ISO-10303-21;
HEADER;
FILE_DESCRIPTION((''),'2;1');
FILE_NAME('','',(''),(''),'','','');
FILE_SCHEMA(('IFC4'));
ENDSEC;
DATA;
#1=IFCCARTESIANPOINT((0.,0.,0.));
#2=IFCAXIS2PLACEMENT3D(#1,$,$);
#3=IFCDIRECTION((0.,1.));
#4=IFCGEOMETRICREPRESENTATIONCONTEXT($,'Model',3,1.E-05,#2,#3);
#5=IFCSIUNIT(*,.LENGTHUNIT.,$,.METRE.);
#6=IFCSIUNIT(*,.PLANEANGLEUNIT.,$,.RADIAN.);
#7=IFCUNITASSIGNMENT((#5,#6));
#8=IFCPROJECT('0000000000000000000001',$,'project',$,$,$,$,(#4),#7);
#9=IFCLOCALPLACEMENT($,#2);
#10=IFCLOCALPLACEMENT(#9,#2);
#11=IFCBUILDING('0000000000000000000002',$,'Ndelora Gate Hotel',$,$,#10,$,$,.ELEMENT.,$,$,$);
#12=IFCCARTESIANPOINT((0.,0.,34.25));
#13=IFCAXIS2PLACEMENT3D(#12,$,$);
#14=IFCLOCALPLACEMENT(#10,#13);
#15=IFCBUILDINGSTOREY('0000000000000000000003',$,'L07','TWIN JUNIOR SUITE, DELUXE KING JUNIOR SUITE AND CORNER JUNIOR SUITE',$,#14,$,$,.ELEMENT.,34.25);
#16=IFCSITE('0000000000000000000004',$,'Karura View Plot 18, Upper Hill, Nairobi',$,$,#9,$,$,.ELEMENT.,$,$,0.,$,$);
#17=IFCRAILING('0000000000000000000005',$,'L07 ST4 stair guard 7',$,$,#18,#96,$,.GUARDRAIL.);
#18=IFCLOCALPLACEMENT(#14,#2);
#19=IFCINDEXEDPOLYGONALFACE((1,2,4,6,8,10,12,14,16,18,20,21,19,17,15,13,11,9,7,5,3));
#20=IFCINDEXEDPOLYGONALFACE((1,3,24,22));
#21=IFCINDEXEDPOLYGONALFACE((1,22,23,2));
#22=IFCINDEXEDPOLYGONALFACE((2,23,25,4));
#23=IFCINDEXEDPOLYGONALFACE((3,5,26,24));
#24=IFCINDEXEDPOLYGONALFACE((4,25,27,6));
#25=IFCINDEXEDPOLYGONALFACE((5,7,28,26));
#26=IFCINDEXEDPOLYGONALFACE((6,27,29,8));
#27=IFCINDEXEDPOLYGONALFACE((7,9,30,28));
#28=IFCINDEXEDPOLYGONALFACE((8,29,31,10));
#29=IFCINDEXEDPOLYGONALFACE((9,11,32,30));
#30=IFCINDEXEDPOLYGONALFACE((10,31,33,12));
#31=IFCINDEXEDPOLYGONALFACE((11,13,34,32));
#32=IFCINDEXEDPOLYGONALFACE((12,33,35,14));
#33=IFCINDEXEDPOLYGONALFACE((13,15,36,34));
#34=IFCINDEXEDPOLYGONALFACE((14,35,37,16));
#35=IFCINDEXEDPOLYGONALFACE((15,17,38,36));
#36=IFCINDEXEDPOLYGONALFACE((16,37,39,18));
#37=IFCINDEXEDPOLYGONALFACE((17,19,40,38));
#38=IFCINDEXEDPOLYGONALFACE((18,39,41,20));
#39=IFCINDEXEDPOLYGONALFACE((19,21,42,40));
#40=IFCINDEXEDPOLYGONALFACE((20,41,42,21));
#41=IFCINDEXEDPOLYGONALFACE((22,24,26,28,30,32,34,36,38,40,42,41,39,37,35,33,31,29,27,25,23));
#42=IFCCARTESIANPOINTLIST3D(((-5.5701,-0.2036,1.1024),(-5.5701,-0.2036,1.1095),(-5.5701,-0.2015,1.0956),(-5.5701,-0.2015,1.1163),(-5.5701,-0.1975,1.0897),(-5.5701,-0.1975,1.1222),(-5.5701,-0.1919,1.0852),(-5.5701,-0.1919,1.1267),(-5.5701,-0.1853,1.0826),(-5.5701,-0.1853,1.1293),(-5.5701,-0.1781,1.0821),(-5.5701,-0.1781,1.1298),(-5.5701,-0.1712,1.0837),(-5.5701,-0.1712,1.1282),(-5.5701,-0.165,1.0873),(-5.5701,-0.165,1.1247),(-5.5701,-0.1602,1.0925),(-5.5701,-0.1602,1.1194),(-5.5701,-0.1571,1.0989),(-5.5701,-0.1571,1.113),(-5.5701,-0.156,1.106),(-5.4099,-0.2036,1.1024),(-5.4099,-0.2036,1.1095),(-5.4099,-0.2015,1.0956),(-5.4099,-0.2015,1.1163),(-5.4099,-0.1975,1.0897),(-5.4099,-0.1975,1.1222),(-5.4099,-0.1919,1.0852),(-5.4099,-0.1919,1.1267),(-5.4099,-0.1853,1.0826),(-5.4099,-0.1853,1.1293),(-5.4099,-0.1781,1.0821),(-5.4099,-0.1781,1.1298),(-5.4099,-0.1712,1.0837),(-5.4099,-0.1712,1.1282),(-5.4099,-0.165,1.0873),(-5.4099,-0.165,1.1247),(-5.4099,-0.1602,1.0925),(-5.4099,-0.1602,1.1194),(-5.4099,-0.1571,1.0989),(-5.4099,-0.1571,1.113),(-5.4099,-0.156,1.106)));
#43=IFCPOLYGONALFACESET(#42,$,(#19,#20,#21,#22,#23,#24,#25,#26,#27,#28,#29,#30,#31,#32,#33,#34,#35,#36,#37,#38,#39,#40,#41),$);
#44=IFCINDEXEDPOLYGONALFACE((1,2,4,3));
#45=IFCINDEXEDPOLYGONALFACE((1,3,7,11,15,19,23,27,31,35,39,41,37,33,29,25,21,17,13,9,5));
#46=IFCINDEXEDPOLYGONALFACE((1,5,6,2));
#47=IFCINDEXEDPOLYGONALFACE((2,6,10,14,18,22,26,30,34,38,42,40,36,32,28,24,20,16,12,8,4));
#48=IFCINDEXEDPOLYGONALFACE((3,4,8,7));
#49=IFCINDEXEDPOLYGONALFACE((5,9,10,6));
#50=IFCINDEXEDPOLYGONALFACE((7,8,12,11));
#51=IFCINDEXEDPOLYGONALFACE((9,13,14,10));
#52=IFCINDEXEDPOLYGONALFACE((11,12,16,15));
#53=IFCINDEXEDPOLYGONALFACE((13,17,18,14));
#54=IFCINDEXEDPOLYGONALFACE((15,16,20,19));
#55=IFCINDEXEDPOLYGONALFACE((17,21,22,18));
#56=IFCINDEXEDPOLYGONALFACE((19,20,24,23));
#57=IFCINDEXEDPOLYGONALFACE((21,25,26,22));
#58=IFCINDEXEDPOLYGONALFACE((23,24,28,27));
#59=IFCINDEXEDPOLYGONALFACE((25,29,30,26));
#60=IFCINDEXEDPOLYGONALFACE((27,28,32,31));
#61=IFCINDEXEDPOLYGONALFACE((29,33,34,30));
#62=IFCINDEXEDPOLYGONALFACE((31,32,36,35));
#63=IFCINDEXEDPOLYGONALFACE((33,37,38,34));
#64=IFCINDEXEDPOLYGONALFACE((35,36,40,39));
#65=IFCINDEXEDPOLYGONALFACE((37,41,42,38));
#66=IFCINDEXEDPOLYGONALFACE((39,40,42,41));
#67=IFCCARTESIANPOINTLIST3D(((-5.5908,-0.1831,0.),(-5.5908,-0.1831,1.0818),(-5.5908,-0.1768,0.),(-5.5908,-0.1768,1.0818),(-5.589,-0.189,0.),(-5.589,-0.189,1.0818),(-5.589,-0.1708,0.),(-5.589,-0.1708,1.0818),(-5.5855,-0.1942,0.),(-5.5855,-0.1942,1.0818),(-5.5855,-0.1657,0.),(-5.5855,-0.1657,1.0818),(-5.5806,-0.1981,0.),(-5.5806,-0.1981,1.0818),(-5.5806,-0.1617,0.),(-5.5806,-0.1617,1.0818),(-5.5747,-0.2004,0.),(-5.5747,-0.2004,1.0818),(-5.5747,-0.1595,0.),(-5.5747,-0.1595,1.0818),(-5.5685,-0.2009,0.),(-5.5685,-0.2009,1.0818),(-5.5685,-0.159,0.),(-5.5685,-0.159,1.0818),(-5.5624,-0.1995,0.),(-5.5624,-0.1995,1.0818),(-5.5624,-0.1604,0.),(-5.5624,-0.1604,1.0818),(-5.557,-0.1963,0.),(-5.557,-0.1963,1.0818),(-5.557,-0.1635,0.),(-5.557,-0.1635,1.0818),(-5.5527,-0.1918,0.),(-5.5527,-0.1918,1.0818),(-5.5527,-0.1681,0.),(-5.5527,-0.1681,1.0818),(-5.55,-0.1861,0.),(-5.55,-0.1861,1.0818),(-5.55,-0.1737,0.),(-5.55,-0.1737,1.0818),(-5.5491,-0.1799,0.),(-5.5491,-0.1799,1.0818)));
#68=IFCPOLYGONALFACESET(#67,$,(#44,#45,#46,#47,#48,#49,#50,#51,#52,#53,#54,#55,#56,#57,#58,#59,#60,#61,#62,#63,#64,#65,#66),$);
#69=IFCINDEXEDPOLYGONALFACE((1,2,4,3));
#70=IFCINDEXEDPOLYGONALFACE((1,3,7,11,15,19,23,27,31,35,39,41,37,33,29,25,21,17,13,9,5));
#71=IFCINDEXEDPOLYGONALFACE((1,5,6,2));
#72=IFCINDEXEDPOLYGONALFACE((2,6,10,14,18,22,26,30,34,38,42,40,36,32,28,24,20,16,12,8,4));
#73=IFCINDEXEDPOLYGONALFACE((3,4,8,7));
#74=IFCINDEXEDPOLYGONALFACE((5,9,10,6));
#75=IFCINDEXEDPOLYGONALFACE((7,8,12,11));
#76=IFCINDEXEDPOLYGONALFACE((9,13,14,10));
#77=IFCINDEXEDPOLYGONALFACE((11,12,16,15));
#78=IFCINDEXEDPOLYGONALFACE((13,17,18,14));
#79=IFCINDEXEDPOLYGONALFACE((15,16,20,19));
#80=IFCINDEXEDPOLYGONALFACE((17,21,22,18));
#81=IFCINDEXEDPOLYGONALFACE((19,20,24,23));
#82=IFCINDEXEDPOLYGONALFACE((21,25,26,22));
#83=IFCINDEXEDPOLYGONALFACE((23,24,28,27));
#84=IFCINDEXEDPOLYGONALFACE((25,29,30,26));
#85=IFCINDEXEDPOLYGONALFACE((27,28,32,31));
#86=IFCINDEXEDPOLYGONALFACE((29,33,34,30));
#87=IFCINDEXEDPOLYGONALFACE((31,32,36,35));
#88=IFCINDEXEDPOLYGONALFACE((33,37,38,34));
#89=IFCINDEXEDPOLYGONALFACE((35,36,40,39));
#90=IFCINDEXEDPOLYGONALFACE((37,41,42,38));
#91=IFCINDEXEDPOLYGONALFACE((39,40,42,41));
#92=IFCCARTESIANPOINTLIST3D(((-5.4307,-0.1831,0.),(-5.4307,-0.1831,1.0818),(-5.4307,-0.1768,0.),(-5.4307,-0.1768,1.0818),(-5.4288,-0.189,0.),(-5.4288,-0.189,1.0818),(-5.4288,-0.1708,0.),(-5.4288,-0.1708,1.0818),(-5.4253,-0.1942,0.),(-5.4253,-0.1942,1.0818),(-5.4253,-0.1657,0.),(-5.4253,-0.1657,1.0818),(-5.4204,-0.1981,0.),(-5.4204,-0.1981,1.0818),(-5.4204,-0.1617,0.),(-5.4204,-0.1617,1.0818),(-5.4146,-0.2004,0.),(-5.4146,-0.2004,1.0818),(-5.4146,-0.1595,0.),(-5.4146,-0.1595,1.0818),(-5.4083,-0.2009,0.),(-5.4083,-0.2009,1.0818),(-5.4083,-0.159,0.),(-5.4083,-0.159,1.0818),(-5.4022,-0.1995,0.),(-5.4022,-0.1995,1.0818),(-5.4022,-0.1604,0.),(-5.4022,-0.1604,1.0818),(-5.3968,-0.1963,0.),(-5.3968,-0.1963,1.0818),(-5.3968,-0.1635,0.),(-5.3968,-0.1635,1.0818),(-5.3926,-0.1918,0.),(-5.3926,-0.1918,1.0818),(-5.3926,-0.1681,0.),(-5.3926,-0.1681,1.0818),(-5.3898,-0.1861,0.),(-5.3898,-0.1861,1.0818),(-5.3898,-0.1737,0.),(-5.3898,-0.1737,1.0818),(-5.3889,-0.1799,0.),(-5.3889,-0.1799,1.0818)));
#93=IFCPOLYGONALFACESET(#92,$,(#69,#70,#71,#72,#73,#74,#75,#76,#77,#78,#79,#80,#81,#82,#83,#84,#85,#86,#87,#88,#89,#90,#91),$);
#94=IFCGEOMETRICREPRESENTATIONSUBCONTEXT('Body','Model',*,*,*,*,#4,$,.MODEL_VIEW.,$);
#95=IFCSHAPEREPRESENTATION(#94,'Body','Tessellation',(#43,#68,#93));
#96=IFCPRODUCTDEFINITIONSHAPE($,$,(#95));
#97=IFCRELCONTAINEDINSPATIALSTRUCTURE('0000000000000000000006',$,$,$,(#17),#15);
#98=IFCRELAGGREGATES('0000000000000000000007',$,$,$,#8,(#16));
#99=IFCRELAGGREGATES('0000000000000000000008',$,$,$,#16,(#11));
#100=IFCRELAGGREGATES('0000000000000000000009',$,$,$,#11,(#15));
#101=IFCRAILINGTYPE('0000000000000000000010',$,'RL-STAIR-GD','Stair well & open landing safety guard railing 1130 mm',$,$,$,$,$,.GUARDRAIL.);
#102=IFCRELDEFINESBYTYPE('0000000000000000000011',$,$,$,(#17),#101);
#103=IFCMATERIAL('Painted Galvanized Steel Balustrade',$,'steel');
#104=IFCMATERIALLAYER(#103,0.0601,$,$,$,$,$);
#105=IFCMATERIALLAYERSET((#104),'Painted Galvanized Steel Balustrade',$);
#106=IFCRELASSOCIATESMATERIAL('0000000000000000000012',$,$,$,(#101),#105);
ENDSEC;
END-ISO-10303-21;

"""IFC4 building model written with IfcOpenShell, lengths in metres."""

from ifc_helpers import new_model, si_unit, direction, frame, origin, origin_2d, place, context, subcontext, project, spatial, circle, extrude, material, layer, layer_set, type_object, element, save


model = new_model("IFC4")

# Units and contexts
model_context = context("Model", 3, precision=1e-05, world=origin(), true_north=direction((0.0, 1.0)))
body_context = subcontext(model_context, "Body", "Model", "MODEL_VIEW")
ifc_project = project(units=[si_unit("LENGTHUNIT", "METRE"), si_unit("PLANEANGLEUNIT", "RADIAN")], contexts=[model_context])

# Site, building, storey
site_placement = place(None, origin())
site = spatial("IfcSite", under=ifc_project, at=site_placement, Name="Karura View Plot 18, Upper Hill, Nairobi", CompositionType="ELEMENT", RefElevation=0.0)
building_placement = place(site_placement, origin())
building = spatial("IfcBuilding", under=site, at=building_placement, Name="Ndelora Gate Hotel", CompositionType="ELEMENT")
storey_placement = place(building_placement, frame((0.0, 0.0, 34.25)))
storey = spatial("IfcBuildingStorey", under=building, at=storey_placement, Name="L07", Description="TWIN JUNIOR SUITE, DELUXE KING JUNIOR SUITE AND CORNER JUNIOR SUITE", CompositionType="ELEMENT", Elevation=34.25)

# Railing
ifc_material_1 = material(Name="Painted Galvanized Steel Balustrade", Category="steel")
ifc_layer_1 = layer(ifc_material_1, 0.0601)
ifc_layer_set_1 = layer_set([ifc_layer_1], Name="Painted Galvanized Steel Balustrade")
railing_type_1 = type_object("IfcRailingType", Name="RL-STAIR-GD", Description="Stair well & open landing safety guard railing 1130 mm", PredefinedType="GUARDRAIL", material=ifc_layer_set_1)
railing_1_placement = place(storey_placement, frame((-5.5701, -0.1799, 0.0)))
element("IfcRailing", 1, at=railing_1_placement, inside=storey, type_object=railing_type_1, Name="L07 ST4 stair guard 7", PredefinedType="GUARDRAIL", context=body_context, shape_type="SweptSolid", body=[
    extrude(circle(Radius=0.0239, at=origin_2d()), frame((0.0, 0.0, 1.106), z_axis=(1.0, 0.0, 0.0), x_axis=(0.0, 1.0, 0.0)), (0.0, 0.0, 1.0), 0.1602),
    extrude(circle(Radius=0.021, at=origin_2d()), origin(), (0.0, 0.0, 1.0), 1.0818),
    extrude(circle(Radius=0.021, at=origin_2d()), frame((0.1602, 0.0, 0.0)), (0.0, 0.0, 1.0), 1.0818),
])

save(model, "model.ifc")
